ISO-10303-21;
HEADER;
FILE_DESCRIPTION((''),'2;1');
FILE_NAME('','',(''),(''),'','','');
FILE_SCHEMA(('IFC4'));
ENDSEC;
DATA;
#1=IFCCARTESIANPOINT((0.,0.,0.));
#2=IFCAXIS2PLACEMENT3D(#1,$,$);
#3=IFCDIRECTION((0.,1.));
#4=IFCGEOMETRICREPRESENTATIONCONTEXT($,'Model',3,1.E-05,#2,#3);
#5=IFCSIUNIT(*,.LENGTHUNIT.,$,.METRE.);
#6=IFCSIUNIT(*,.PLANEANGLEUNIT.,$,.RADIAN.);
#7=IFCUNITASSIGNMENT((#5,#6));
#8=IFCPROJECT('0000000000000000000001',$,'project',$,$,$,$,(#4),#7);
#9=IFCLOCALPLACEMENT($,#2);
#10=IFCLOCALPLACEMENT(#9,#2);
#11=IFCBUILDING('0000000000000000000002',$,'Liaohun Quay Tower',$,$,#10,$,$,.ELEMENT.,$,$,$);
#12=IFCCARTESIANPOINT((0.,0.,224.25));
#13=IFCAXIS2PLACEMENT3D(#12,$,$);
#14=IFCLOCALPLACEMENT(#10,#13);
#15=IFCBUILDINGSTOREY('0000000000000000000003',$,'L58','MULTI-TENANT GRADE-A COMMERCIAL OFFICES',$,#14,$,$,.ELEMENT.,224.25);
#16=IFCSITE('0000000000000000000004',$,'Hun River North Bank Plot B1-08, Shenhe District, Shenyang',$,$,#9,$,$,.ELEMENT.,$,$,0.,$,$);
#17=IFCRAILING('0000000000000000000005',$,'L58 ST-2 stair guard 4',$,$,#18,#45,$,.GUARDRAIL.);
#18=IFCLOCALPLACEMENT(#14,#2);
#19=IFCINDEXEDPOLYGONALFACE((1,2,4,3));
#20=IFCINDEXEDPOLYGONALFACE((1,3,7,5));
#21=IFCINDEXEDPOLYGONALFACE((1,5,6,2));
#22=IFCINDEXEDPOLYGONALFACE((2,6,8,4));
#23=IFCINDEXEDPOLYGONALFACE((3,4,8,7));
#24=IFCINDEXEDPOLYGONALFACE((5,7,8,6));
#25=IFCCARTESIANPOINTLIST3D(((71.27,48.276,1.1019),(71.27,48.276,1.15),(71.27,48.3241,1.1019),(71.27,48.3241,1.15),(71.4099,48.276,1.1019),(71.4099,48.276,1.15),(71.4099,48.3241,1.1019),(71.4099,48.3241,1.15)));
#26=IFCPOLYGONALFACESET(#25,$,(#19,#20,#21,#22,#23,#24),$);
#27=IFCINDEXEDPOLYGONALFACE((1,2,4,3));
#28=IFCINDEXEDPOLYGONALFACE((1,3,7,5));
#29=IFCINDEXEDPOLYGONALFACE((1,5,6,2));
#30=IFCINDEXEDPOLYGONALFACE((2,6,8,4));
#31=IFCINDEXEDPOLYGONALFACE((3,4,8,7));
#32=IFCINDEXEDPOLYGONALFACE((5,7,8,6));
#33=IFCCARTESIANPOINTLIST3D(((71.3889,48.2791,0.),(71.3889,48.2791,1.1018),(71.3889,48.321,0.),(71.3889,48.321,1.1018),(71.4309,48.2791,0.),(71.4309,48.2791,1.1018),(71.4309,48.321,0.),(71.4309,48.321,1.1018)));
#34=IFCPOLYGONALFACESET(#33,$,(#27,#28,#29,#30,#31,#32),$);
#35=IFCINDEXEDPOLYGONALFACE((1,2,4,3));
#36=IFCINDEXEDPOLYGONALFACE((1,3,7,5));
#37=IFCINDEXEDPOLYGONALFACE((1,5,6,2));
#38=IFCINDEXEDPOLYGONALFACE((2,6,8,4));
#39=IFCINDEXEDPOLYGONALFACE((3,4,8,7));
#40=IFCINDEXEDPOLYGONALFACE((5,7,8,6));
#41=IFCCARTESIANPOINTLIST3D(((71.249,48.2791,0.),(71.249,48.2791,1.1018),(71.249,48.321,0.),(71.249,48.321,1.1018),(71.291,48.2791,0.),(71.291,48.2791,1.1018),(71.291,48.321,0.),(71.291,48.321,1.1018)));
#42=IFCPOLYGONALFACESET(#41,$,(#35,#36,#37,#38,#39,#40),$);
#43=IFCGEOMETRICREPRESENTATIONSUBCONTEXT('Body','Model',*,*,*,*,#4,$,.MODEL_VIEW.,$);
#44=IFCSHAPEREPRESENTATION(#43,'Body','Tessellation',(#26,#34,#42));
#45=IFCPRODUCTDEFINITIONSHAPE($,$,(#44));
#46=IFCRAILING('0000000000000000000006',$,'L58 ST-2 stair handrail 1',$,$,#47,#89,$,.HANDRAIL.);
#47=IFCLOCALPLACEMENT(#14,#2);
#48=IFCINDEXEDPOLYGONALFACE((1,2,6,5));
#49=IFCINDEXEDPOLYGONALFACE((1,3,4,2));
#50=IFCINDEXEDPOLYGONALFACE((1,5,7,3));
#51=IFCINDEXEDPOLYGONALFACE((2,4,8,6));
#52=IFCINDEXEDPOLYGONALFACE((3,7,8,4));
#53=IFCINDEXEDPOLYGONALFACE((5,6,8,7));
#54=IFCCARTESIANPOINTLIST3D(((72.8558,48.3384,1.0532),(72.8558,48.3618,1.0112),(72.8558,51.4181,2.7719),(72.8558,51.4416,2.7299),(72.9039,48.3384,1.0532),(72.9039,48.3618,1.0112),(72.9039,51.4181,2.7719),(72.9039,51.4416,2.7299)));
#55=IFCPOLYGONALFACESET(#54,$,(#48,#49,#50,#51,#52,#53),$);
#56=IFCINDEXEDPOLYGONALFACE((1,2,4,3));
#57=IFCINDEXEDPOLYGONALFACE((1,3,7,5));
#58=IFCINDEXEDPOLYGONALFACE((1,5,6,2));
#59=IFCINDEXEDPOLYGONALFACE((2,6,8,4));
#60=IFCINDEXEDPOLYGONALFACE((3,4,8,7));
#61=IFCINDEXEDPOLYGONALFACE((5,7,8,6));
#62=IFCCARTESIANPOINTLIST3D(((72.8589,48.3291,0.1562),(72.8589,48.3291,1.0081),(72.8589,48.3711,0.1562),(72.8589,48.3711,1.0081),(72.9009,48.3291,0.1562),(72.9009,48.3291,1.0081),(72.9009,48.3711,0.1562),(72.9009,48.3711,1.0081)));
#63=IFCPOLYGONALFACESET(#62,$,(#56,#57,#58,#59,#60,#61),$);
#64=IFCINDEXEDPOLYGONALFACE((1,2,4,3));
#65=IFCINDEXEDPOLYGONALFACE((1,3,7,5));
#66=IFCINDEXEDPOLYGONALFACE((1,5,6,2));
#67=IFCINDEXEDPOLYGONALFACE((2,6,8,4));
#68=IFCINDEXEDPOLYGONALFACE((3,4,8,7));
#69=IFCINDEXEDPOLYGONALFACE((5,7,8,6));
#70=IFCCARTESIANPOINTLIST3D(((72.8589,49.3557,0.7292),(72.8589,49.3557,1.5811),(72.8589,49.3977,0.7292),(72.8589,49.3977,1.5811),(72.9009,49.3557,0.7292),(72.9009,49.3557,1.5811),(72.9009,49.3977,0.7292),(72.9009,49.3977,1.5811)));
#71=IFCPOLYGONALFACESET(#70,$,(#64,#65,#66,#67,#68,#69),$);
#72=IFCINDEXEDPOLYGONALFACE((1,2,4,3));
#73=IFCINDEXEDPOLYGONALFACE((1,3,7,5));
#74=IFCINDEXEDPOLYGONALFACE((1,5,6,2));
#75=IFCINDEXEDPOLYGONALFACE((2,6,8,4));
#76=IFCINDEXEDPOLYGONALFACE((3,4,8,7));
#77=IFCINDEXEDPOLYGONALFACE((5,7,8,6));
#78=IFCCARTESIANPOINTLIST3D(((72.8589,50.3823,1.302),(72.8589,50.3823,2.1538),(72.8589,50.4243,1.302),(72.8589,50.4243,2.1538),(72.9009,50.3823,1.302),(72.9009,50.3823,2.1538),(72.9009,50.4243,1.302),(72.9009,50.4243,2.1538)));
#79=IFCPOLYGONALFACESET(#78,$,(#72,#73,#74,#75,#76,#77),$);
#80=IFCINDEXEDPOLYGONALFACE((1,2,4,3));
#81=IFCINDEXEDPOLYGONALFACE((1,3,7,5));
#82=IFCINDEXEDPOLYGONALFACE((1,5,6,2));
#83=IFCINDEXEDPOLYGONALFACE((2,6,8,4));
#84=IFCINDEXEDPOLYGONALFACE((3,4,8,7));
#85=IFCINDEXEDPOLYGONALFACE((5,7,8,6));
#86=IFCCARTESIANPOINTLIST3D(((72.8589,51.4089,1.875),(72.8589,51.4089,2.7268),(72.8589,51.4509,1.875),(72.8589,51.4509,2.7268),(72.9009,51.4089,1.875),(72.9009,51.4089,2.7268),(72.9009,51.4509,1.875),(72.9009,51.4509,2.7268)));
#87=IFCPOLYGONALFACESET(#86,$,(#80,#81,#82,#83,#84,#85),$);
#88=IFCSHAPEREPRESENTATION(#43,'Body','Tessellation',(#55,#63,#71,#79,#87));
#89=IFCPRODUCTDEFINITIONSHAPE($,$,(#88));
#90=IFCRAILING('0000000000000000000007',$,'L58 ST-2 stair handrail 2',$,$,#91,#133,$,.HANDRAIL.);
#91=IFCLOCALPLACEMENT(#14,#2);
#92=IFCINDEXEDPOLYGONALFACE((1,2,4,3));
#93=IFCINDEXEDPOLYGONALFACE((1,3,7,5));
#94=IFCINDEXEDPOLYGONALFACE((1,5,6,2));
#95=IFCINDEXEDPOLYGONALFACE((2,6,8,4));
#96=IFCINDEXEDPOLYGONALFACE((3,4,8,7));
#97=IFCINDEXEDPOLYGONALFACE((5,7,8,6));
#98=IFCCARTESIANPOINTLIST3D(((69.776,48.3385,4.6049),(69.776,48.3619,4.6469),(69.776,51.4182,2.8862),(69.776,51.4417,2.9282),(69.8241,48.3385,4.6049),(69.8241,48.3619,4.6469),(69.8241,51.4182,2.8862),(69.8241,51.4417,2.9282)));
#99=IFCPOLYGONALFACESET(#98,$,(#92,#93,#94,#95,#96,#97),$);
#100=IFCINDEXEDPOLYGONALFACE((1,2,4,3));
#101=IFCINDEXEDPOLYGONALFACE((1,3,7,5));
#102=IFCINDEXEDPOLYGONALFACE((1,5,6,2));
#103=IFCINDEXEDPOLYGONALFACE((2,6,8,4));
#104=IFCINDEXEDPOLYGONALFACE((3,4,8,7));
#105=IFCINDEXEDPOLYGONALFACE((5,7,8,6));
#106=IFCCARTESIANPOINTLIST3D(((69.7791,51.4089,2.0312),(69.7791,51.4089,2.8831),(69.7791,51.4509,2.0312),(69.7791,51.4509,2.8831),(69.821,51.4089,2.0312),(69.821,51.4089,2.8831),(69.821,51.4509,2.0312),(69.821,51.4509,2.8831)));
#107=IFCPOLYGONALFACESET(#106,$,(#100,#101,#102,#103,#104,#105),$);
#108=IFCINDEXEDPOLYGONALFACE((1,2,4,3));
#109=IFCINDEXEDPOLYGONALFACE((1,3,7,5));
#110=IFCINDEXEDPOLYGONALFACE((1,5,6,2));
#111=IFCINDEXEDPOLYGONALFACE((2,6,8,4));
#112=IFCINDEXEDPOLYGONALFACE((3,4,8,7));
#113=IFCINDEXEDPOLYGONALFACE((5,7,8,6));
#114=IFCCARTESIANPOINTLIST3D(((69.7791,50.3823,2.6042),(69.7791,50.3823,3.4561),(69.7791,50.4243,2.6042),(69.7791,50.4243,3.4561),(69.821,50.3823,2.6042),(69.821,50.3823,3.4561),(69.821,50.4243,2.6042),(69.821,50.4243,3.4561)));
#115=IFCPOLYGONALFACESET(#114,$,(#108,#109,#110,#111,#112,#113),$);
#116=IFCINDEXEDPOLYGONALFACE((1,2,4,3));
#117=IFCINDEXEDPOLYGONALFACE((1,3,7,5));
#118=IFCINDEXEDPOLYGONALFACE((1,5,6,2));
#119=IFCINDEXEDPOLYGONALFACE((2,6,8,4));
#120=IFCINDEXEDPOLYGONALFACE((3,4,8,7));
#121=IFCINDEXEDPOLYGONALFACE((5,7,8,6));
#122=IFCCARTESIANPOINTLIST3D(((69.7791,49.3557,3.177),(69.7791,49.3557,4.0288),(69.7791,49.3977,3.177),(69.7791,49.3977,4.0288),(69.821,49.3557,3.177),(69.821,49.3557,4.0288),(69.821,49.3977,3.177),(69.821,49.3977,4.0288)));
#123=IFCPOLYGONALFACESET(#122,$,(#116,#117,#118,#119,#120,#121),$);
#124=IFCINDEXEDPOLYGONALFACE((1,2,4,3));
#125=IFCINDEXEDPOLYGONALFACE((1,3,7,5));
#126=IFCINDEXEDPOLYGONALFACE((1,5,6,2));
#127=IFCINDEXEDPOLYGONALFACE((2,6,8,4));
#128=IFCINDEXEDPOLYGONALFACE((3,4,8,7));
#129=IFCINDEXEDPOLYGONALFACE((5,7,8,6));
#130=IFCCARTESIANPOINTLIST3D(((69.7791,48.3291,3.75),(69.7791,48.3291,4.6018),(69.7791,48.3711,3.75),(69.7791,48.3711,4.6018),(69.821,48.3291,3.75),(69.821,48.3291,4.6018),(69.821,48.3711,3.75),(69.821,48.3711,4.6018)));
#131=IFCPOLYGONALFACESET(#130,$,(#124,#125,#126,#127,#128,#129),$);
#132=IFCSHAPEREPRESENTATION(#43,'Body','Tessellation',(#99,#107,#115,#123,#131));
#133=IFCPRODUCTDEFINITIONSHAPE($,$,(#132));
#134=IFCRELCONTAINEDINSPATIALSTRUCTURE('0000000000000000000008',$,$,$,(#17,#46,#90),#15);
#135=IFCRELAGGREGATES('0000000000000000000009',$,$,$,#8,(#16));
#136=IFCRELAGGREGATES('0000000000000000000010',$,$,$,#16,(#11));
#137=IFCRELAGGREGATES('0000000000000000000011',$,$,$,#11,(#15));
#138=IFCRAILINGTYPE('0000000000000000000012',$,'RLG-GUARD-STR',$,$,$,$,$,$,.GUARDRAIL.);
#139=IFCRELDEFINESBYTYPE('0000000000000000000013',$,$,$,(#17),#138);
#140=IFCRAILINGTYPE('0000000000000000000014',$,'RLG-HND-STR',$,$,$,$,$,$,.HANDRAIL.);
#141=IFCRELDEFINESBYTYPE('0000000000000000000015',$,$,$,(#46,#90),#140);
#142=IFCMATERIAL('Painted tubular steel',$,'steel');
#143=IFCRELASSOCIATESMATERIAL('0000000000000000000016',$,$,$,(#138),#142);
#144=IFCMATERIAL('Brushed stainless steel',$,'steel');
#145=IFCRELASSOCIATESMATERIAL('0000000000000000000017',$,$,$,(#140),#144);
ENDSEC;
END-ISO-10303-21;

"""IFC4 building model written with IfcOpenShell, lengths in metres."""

from ifc_helpers import new_model, si_unit, direction, frame, origin, origin_2d, place, context, subcontext, project, spatial, rectangle, extrude, material, type_object, element, save


model = new_model("IFC4")

# Units and contexts
model_context = context("Model", 3, precision=1e-05, world=origin(), true_north=direction((0.0, 1.0)))
body_context = subcontext(model_context, "Body", "Model", "MODEL_VIEW")
ifc_project = project(units=[si_unit("LENGTHUNIT", "METRE"), si_unit("PLANEANGLEUNIT", "RADIAN")], contexts=[model_context])

# Site, building, storey
site_placement = place(None, origin())
site = spatial("IfcSite", under=ifc_project, at=site_placement, Name="Hun River North Bank Plot B1-08, Shenhe District, Shenyang", CompositionType="ELEMENT", RefElevation=0.0)
building_placement = place(site_placement, origin())
building = spatial("IfcBuilding", under=site, at=building_placement, Name="Liaohun Quay Tower", CompositionType="ELEMENT")
storey_placement = place(building_placement, frame((0.0, 0.0, 224.25)))
storey = spatial("IfcBuildingStorey", under=building, at=storey_placement, Name="L58", Description="MULTI-TENANT GRADE-A COMMERCIAL OFFICES", CompositionType="ELEMENT", Elevation=224.25)

# Railings
ifc_material_1 = material(Name="Painted tubular steel", Category="steel")
railing_type_1 = type_object("IfcRailingType", Name="RLG-GUARD-STR", PredefinedType="GUARDRAIL", material=ifc_material_1)
railing_1_placement = place(storey_placement, frame((71.4099, 48.3, 0.0)))
element("IfcRailing", 1, at=railing_1_placement, inside=storey, type_object=railing_type_1, Name="L58 ST-2 stair guard 4", PredefinedType="GUARDRAIL", context=body_context, shape_type="SweptSolid", body=[
    extrude(rectangle(XDim=0.0481, YDim=0.0481, at=origin_2d()), frame((0.0, 0.0, 1.126), z_axis=(-1.0, 0.0, 0.0), x_axis=(0.0, -1.0, 0.0)), (0.0, 0.0, 1.0), 0.1399),
    extrude(rectangle(XDim=0.042, YDim=0.042, at=origin_2d()), origin(), (0.0, 0.0, 1.0), 1.1018),
    extrude(rectangle(XDim=0.042, YDim=0.042, at=origin_2d()), frame((-0.1399, 0.0, 0.0)), (0.0, 0.0, 1.0), 1.1018),
])
ifc_material_2 = material(Name="Brushed stainless steel", Category="steel")
railing_type_2 = type_object("IfcRailingType", Name="RLG-HND-STR", PredefinedType="HANDRAIL", material=ifc_material_2)
railing_2_placement = place(storey_placement, frame((72.8799, 48.3501, 0.1562)))
element("IfcRailing", 2, at=railing_2_placement, inside=storey, type_object=railing_type_2, Name="L58 ST-2 stair handrail 1", PredefinedType="HANDRAIL", context=body_context, shape_type="SweptSolid", body=[
    extrude(rectangle(XDim=0.0481, YDim=0.0481, at=origin_2d()), frame((0.0, 0.0, 0.876), z_axis=(0.0, 0.873225, 0.487317), x_axis=(-1.0, 0.0, 0.0)), (0.0, 0.0, 1.0), 3.5269),
    extrude(rectangle(XDim=0.042, YDim=0.042, at=origin_2d()), origin(), (0.0, 0.0, 1.0), 0.8518),
    extrude(rectangle(XDim=0.042, YDim=0.042, at=origin_2d()), frame((0.0, 1.0266, 0.573)), (0.0, 0.0, 1.0), 0.8518),
    extrude(rectangle(XDim=0.042, YDim=0.042, at=origin_2d()), frame((0.0, 2.0532, 1.1458)), (0.0, 0.0, 1.0), 0.8518),
    extrude(rectangle(XDim=0.042, YDim=0.042, at=origin_2d()), frame((0.0, 3.0798, 1.7188)), (0.0, 0.0, 1.0), 0.8518),
])
railing_3_placement = place(storey_placement, frame((69.8, 51.4299, 2.0312)))
element("IfcRailing", 3, at=railing_3_placement, inside=storey, type_object=railing_type_2, Name="L58 ST-2 stair handrail 2", PredefinedType="HANDRAIL", context=body_context, shape_type="SweptSolid", body=[
    extrude(rectangle(XDim=0.0481, YDim=0.0481, at=origin_2d()), frame((0.0, 0.0, 0.876), z_axis=(0.0, -0.873225, 0.487317), x_axis=(1.0, 0.0, 0.0)), (0.0, 0.0, 1.0), 3.5269),
    extrude(rectangle(XDim=0.042, YDim=0.042, at=origin_2d()), origin(), (0.0, 0.0, 1.0), 0.8518),
    extrude(rectangle(XDim=0.042, YDim=0.042, at=origin_2d()), frame((0.0, -1.0266, 0.573)), (0.0, 0.0, 1.0), 0.8518),
    extrude(rectangle(XDim=0.042, YDim=0.042, at=origin_2d()), frame((0.0, -2.0532, 1.1458)), (0.0, 0.0, 1.0), 0.8518),
    extrude(rectangle(XDim=0.042, YDim=0.042, at=origin_2d()), frame((0.0, -3.0798, 1.7188)), (0.0, 0.0, 1.0), 0.8518),
])

save(model, "model.ifc")
